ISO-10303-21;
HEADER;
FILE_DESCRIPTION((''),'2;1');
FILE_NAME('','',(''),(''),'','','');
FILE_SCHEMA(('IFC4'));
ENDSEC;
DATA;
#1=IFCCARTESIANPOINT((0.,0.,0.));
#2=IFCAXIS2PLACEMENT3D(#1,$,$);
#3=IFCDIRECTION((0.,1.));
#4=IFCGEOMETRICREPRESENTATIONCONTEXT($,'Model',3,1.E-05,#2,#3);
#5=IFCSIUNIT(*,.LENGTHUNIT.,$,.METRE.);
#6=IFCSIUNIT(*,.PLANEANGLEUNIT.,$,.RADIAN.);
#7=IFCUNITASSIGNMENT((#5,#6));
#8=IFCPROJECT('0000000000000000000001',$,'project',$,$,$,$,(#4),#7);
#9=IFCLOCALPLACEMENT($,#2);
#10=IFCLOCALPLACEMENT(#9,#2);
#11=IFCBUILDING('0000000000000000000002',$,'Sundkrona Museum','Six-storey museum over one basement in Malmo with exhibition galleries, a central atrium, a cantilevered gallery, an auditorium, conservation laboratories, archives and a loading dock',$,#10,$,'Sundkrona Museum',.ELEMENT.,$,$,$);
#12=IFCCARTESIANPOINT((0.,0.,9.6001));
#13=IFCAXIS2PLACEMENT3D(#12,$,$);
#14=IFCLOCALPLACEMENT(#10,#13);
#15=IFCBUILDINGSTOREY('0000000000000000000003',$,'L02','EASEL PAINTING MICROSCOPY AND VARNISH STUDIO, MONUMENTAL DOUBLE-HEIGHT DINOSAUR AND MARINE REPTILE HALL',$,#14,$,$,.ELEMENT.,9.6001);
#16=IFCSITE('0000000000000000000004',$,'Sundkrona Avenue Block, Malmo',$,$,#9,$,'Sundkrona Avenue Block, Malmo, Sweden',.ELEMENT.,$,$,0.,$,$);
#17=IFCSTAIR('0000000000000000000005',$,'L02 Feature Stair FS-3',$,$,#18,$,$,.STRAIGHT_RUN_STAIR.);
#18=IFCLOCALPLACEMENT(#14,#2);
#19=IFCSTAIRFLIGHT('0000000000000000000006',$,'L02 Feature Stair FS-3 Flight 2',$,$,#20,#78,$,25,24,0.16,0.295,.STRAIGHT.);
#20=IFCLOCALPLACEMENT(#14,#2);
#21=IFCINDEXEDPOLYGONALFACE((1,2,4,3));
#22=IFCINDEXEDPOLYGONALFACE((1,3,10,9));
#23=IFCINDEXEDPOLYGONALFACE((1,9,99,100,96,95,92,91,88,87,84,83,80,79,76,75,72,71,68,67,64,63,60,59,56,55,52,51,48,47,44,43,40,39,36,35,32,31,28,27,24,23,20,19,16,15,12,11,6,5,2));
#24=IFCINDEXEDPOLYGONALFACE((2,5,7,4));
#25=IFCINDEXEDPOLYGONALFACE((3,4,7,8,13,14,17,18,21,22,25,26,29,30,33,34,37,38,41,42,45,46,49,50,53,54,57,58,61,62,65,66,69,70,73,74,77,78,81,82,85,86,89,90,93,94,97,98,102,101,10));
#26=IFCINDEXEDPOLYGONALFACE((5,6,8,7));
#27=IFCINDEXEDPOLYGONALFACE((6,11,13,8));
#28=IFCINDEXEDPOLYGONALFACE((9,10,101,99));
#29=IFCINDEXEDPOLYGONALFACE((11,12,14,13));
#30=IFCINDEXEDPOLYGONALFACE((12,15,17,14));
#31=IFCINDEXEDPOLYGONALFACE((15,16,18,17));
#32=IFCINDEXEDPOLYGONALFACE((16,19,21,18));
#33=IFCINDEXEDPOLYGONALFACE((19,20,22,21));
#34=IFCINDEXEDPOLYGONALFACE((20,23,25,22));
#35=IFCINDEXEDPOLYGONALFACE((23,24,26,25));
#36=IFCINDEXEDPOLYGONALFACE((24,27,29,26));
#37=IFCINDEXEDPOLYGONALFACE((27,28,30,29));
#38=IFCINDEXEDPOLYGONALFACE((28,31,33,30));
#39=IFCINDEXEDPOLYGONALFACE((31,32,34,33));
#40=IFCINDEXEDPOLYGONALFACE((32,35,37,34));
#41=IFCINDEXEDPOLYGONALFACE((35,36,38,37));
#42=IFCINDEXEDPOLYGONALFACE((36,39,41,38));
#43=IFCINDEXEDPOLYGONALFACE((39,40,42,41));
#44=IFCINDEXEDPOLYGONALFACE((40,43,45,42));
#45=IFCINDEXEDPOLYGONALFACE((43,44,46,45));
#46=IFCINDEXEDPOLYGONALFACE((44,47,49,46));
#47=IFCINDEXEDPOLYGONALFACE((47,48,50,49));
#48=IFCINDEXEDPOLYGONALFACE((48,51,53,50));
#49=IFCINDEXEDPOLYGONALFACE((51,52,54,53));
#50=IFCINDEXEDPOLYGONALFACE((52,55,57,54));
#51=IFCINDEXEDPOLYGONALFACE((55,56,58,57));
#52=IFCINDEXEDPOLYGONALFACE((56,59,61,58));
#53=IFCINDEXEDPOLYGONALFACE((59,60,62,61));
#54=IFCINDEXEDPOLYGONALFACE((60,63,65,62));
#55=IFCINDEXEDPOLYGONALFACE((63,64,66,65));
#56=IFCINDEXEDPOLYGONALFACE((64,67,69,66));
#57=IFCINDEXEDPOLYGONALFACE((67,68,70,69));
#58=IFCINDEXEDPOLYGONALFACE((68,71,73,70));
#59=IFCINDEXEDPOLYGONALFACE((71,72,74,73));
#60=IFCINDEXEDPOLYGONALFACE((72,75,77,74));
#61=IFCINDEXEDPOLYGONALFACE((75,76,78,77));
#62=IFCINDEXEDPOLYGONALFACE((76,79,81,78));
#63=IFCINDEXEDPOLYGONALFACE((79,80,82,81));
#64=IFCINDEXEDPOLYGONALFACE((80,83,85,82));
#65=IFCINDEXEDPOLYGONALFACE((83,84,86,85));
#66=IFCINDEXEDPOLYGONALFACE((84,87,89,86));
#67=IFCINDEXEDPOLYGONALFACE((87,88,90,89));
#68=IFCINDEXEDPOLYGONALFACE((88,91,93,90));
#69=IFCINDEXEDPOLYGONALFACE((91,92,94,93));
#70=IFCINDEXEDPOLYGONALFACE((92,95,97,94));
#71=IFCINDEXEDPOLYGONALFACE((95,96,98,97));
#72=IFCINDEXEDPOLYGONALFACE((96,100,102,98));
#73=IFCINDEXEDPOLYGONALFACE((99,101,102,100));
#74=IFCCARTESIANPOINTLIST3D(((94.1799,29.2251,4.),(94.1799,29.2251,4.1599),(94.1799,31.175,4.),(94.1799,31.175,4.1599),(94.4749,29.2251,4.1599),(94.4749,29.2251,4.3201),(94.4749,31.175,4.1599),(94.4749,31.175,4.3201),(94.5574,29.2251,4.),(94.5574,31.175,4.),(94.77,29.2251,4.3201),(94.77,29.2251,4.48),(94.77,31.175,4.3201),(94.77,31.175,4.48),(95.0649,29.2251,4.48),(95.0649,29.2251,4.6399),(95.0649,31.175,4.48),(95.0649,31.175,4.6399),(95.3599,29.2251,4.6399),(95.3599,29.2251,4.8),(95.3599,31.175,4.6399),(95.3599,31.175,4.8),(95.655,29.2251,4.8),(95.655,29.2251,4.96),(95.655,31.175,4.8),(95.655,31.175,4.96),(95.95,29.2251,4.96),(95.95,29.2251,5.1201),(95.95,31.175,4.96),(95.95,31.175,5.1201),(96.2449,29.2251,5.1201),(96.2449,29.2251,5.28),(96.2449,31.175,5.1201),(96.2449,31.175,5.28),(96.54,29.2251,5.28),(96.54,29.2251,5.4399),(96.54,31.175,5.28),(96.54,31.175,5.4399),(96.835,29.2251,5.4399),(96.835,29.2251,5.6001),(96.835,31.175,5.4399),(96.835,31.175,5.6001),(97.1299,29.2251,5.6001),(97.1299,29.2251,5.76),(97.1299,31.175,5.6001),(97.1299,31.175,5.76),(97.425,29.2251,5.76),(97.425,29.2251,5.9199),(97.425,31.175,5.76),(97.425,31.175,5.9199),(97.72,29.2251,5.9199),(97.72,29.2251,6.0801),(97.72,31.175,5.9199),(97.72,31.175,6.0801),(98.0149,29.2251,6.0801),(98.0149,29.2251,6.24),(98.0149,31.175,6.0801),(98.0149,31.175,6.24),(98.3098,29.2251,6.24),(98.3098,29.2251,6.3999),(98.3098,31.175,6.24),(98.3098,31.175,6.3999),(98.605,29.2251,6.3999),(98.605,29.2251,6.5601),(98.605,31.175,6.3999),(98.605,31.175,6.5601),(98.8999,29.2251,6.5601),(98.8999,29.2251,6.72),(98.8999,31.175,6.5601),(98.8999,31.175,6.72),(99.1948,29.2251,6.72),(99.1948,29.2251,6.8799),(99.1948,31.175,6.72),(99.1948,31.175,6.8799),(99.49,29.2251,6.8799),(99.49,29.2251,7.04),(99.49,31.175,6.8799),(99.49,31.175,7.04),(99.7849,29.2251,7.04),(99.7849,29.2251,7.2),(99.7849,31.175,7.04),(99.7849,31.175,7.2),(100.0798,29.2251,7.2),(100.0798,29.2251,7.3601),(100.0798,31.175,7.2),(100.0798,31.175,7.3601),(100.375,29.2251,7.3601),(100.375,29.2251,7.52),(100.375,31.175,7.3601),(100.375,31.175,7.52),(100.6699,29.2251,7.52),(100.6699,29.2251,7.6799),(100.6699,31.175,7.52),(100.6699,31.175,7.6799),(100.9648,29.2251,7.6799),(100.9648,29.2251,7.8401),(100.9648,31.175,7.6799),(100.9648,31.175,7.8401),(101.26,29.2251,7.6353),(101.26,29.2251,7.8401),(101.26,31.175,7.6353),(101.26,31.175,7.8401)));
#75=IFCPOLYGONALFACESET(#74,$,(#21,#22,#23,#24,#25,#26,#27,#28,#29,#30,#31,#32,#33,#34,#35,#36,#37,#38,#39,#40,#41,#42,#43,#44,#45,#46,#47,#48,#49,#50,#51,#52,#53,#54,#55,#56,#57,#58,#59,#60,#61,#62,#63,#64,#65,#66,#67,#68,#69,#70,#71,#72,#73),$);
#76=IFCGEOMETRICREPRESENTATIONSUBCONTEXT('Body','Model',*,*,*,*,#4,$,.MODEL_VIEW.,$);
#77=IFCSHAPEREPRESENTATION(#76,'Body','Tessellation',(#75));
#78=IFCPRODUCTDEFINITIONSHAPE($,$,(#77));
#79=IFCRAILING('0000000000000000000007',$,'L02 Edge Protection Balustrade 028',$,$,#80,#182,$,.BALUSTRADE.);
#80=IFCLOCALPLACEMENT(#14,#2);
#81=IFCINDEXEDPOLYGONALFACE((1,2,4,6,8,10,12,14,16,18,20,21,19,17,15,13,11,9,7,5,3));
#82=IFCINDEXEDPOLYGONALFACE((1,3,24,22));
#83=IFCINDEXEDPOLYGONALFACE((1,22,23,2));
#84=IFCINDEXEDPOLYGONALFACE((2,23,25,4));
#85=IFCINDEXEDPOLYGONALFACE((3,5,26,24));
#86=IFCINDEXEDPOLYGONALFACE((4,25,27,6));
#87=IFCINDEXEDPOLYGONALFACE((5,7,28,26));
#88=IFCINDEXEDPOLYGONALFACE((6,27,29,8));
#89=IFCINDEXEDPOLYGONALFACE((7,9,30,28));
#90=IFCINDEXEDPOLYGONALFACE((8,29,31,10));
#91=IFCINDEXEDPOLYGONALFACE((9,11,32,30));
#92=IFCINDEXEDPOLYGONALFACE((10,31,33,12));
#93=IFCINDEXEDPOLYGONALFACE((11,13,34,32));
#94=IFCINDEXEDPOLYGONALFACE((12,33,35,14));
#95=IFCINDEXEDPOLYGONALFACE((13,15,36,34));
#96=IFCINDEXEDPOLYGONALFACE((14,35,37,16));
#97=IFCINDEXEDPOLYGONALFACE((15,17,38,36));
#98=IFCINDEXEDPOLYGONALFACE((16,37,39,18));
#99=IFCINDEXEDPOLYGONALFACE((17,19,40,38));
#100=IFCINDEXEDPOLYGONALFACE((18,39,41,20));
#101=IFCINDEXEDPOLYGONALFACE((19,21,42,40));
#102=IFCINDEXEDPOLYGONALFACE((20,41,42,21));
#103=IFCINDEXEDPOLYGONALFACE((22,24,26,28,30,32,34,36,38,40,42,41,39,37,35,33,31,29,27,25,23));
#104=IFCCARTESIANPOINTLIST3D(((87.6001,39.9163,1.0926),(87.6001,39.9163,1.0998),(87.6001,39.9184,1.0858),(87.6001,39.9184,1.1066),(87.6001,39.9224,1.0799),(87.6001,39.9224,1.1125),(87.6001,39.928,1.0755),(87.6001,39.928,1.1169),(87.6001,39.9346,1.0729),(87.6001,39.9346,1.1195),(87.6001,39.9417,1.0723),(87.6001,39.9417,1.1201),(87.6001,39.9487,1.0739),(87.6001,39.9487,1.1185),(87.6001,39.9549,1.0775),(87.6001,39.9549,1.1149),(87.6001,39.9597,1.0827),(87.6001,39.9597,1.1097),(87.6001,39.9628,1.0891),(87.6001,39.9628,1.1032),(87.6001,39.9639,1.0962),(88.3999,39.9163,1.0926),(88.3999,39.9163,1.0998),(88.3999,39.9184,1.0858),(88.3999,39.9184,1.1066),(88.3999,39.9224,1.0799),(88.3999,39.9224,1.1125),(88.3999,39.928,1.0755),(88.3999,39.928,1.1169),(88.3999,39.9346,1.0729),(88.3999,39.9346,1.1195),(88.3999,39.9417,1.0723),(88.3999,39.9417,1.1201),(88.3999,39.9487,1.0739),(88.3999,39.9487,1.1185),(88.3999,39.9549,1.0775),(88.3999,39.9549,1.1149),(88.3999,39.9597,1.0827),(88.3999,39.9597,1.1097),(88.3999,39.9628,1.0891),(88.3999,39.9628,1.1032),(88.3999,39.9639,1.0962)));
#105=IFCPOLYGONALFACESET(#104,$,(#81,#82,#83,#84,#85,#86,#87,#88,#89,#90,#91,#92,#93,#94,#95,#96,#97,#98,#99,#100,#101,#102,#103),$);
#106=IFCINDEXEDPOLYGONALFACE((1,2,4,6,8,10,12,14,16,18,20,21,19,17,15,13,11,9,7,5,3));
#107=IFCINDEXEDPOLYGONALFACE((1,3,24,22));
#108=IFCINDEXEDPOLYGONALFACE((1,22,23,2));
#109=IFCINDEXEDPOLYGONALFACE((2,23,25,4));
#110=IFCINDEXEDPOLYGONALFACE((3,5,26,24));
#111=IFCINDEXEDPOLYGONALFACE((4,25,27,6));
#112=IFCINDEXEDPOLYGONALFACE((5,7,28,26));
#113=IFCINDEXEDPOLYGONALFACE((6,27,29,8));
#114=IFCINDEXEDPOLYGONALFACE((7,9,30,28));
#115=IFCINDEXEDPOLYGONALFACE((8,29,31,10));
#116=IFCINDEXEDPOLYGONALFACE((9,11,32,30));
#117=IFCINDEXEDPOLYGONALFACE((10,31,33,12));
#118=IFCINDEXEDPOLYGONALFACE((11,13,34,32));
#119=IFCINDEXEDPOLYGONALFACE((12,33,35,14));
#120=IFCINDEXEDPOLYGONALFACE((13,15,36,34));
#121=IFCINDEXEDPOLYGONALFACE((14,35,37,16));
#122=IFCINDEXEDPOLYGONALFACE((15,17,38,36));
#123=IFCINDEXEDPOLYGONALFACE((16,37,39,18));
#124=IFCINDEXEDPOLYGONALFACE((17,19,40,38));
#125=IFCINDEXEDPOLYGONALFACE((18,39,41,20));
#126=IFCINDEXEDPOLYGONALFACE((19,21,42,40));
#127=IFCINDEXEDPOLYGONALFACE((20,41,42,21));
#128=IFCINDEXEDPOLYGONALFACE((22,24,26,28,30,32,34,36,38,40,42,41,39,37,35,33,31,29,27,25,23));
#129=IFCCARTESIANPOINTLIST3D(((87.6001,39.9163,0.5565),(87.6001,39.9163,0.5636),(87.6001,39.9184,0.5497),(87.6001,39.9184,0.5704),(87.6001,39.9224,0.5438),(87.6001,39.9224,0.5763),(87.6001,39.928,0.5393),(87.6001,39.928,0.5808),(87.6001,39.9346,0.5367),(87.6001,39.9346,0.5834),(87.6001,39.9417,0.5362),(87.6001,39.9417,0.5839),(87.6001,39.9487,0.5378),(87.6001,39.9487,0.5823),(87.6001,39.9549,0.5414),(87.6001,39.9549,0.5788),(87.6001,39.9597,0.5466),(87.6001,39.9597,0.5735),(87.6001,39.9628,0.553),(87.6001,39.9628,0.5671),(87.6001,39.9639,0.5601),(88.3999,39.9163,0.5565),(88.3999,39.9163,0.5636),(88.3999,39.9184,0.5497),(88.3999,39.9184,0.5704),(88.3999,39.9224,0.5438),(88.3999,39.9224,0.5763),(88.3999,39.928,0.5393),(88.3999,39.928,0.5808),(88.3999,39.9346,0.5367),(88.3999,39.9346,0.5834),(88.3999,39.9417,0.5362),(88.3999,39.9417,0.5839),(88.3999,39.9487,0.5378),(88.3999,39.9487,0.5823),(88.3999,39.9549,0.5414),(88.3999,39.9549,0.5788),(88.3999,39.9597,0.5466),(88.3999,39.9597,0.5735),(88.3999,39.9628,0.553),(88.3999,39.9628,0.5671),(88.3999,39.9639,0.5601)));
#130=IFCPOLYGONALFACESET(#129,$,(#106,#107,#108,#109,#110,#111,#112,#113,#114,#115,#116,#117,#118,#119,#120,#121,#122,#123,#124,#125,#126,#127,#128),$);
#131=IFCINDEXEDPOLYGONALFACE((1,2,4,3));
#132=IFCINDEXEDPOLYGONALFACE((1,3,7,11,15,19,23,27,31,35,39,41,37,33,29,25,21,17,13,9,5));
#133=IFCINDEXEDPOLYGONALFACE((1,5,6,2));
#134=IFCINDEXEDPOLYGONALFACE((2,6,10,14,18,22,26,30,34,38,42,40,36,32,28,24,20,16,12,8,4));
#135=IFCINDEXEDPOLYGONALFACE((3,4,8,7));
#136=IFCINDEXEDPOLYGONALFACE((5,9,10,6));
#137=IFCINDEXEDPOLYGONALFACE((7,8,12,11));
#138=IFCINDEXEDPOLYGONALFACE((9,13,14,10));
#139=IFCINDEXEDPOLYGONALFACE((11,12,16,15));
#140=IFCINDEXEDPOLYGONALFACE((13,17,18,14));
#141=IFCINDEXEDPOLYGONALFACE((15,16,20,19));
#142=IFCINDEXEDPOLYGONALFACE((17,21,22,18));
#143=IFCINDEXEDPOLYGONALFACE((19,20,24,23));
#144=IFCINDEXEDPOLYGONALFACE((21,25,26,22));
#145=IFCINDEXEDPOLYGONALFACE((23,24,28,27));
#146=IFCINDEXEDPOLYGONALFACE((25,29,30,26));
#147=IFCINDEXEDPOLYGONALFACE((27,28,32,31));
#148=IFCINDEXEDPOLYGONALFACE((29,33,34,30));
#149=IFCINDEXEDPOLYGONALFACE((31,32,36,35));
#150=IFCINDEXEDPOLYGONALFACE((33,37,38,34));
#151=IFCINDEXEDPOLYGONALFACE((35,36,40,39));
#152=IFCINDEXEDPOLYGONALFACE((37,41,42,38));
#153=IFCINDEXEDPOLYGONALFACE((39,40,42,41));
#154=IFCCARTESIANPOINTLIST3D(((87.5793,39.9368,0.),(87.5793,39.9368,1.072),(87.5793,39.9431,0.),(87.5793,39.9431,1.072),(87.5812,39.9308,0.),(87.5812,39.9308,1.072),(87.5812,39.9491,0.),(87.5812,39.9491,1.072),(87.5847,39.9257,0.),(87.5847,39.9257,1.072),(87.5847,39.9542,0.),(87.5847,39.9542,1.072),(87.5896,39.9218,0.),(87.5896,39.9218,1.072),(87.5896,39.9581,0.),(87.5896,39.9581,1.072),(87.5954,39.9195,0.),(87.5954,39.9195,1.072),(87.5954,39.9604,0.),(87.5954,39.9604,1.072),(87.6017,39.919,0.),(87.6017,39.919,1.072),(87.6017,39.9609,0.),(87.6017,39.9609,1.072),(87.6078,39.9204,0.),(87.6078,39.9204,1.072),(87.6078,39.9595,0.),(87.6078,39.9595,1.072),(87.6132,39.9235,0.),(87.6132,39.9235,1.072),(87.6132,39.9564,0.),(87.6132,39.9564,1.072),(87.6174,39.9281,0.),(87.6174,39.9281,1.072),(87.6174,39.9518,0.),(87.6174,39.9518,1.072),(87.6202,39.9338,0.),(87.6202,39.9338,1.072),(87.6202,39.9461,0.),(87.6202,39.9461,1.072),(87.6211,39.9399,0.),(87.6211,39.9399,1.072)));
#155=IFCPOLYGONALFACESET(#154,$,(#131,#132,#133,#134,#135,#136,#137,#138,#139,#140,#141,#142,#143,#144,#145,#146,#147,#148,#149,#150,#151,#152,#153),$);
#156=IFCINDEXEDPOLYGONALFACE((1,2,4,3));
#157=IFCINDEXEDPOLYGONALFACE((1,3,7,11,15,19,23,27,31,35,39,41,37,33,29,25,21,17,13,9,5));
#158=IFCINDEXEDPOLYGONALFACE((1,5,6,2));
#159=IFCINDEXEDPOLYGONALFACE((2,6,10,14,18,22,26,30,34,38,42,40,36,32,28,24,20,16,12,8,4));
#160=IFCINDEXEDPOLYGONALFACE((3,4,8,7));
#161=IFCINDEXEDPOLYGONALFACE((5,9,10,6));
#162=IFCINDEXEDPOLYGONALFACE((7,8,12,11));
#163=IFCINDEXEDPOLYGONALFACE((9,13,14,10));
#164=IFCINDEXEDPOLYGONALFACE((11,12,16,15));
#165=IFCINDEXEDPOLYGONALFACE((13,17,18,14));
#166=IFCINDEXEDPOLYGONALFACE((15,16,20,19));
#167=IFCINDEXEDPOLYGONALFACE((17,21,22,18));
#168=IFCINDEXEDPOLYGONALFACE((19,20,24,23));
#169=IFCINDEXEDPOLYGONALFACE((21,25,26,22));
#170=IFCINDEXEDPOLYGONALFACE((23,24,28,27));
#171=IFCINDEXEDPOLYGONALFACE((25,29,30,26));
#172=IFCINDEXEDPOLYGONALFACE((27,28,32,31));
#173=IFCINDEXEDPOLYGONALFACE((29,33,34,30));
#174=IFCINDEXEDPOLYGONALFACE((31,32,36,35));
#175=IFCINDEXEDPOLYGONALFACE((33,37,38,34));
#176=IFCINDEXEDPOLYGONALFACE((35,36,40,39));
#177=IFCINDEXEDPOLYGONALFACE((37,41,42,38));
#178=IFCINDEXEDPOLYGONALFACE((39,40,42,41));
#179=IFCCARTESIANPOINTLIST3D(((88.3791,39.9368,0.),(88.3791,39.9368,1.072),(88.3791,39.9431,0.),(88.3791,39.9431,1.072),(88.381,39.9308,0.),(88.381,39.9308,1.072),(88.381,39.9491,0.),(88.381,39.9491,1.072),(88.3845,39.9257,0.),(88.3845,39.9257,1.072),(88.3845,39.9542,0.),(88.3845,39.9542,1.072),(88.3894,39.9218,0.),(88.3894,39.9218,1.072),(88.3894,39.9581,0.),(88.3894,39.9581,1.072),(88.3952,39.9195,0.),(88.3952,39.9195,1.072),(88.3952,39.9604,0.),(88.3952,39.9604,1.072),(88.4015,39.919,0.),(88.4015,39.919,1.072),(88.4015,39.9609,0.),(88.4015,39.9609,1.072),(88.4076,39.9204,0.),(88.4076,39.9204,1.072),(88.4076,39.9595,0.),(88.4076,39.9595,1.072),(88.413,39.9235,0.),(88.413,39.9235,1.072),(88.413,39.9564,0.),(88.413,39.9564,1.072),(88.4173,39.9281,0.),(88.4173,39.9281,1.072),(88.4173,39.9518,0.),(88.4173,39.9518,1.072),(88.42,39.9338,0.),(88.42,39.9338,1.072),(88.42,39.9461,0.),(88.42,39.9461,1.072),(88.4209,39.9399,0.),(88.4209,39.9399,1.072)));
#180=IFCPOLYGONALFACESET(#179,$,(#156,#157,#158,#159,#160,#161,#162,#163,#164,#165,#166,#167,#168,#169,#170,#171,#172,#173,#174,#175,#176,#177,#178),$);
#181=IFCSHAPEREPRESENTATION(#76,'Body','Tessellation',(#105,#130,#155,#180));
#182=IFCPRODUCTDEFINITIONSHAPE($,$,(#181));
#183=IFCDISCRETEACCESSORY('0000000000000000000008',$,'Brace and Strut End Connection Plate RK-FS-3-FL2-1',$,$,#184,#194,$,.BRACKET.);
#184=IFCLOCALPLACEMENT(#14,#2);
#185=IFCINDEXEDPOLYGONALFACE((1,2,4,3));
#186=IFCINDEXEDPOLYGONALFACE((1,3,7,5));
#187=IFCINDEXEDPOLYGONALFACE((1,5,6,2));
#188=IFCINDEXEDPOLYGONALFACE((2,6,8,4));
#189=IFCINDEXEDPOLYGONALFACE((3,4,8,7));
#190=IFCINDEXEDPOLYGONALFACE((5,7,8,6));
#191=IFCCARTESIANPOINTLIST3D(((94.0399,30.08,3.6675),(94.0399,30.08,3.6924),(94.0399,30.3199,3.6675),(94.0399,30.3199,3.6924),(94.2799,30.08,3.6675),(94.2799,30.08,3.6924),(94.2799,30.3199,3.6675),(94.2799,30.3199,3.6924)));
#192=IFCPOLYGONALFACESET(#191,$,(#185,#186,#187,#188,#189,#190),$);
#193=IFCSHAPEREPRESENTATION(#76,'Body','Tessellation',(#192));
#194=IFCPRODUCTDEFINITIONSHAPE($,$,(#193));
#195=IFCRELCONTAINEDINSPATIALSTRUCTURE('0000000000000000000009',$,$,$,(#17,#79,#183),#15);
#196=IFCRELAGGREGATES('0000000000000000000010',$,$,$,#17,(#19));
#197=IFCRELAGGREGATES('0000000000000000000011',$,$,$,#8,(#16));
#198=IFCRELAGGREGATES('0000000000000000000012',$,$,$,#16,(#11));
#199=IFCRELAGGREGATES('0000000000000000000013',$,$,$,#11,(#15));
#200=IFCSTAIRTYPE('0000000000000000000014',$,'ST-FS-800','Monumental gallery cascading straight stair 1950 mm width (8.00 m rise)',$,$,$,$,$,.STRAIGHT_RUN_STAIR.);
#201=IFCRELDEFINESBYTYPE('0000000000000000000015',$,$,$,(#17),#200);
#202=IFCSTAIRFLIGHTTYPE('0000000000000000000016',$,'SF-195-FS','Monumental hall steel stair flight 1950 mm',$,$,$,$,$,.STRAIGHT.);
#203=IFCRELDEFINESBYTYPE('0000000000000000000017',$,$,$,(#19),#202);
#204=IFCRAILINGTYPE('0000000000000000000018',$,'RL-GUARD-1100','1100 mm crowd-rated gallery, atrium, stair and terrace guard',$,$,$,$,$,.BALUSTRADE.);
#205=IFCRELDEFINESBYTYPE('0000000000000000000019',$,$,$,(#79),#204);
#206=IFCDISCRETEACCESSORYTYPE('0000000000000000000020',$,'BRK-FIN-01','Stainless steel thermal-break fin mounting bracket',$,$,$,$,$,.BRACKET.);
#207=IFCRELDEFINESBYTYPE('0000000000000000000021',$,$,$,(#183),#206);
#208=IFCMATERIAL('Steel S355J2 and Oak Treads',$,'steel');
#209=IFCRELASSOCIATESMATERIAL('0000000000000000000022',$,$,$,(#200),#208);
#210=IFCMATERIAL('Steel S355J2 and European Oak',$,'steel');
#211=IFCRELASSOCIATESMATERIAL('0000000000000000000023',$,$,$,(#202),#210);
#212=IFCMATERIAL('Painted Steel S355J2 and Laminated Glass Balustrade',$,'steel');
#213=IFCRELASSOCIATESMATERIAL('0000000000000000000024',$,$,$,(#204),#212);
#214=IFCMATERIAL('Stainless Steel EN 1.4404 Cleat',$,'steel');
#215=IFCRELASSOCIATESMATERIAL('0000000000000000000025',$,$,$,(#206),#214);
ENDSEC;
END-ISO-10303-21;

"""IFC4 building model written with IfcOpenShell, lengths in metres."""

from ifc_helpers import new_model, si_unit, direction, frame, origin, origin_2d, place, context, subcontext, project, spatial, polyline, rectangle, circle, outline, extrude, material, type_object, element, aggregate, save


model = new_model("IFC4")

# Units and contexts
model_context = context("Model", 3, precision=1e-05, world=origin(), true_north=direction((0.0, 1.0)))
body_context = subcontext(model_context, "Body", "Model", "MODEL_VIEW")
ifc_project = project(units=[si_unit("LENGTHUNIT", "METRE"), si_unit("PLANEANGLEUNIT", "RADIAN")], contexts=[model_context])

# Site, building, storey
site_placement = place(None, origin())
site = spatial("IfcSite", under=ifc_project, at=site_placement, Name="Sundkrona Avenue Block, Malmo", LongName="Sundkrona Avenue Block, Malmo, Sweden", CompositionType="ELEMENT", RefElevation=0.0)
building_placement = place(site_placement, origin())
building = spatial("IfcBuilding", under=site, at=building_placement, Name="Sundkrona Museum", Description="Six-storey museum over one basement in Malmo with exhibition galleries, a central atrium, a cantilevered gallery, an auditorium, conservation laboratories, archives and a loading dock", LongName="Sundkrona Museum", CompositionType="ELEMENT")
storey_placement = place(building_placement, frame((0.0, 0.0, 9.6001)))
storey = spatial("IfcBuildingStorey", under=building, at=storey_placement, Name="L02", Description="EASEL PAINTING MICROSCOPY AND VARNISH STUDIO, MONUMENTAL DOUBLE-HEIGHT DINOSAUR AND MARINE REPTILE HALL", CompositionType="ELEMENT", Elevation=9.6001)

# Stair, stair flight
ifc_material_1 = material(Name="Steel S355J2 and Oak Treads", Category="steel")
stair_type = type_object("IfcStairType", Name="ST-FS-800", Description="Monumental gallery cascading straight stair 1950 mm width (8.00 m rise)", PredefinedType="STRAIGHT_RUN_STAIR", material=ifc_material_1)
stair_placement = place(storey_placement, origin())
stair = element("IfcStair", 1, at=stair_placement, inside=storey, type_object=stair_type, Name="L02 Feature Stair FS-3", PredefinedType="STRAIGHT_RUN_STAIR")
ifc_material_2 = material(Name="Steel S355J2 and European Oak", Category="steel")
stair_flight_type = type_object("IfcStairFlightType", Name="SF-195-FS", Description="Monumental hall steel stair flight 1950 mm", PredefinedType="STRAIGHT", material=ifc_material_2)
stair_flight_placement = place(storey_placement, frame((94.1799, 30.2, 4.0), z_axis=(0.0, 0.0, 1.0), x_axis=(1.0, 0.0, 0.0)))
stair_flight = element("IfcStairFlight", 2, at=stair_flight_placement, type_object=stair_flight_type, Name="L02 Feature Stair FS-3 Flight 2", NumberOfRisers=25, NumberOfTreads=24, PredefinedType="STRAIGHT", RiserHeight=0.16, TreadLength=0.295, context=body_context, shape_type="SweptSolid", body=[
    extrude(outline(polyline([(0.0, 0.0), (0.0, 0.1599), (0.2949, 0.1599), (0.2949, 0.3201), (0.5901, 0.3201), (0.5901, 0.48), (0.885, 0.48), (0.885, 0.6399), (1.1799, 0.6399), (1.1799, 0.8), (1.4751, 0.8), (1.4751, 0.96), (1.77, 0.96), (1.77, 1.1201), (2.0649, 1.1201), (2.0649, 1.28), (2.3601, 1.28), (2.3601, 1.4399), (2.655, 1.4399), (2.655, 1.6001), (2.95, 1.6001), (2.95, 1.76), (3.2451, 1.76), (3.2451, 1.9199), (3.54, 1.9199), (3.54, 2.0801), (3.835, 2.0801), (3.835, 2.24), (4.1299, 2.24), (4.1299, 2.3999), (4.425, 2.3999), (4.425, 2.5601), (4.72, 2.5601), (4.72, 2.72), (5.0149, 2.72), (5.0149, 2.8799), (5.3101, 2.8799), (5.3101, 3.04), (5.605, 3.04), (5.605, 3.2), (5.8999, 3.2), (5.8999, 3.3601), (6.1951, 3.3601), (6.1951, 3.52), (6.49, 3.52), (6.49, 3.6799), (6.7849, 3.6799), (6.7849, 3.8401), (7.0801, 3.8401), (7.0801, 4.0), (7.0801, 3.6353), (0.3774, 0.0), (0.0, 0.0)])), frame((0.0, 0.9751, 0.0), z_axis=(0.0, -1.0, 0.0), x_axis=(1.0, 0.0, 0.0)), (0.0, 0.0, 1.0), 1.95),
])
aggregate(stair, [stair_flight])

# Railing
ifc_material_3 = material(Name="Painted Steel S355J2 and Laminated Glass Balustrade", Category="steel")
railing_type = type_object("IfcRailingType", Name="RL-GUARD-1100", Description="1100 mm crowd-rated gallery, atrium, stair and terrace guard", PredefinedType="BALUSTRADE", material=ifc_material_3)
railing_placement = place(storey_placement, frame((87.6001, 39.9399, 0.0)))
element("IfcRailing", 3, at=railing_placement, inside=storey, type_object=railing_type, Name="L02 Edge Protection Balustrade 028", PredefinedType="BALUSTRADE", context=body_context, shape_type="SweptSolid", body=[
    extrude(circle(Radius=0.0239, at=origin_2d()), frame((0.0, 0.0, 1.0962), z_axis=(1.0, 0.0, 0.0), x_axis=(0.0, 1.0, 0.0)), (0.0, 0.0, 1.0), 0.7998),
    extrude(circle(Radius=0.0239, at=origin_2d()), frame((0.0, 0.0, 0.5601), z_axis=(1.0, 0.0, 0.0), x_axis=(0.0, 1.0, 0.0)), (0.0, 0.0, 1.0), 0.7998),
    extrude(circle(Radius=0.021, at=origin_2d()), origin(), (0.0, 0.0, 1.0), 1.072),
    extrude(circle(Radius=0.021, at=origin_2d()), frame((0.7998, 0.0, 0.0)), (0.0, 0.0, 1.0), 1.072),
])

# Discrete accessory
ifc_material_4 = material(Name="Stainless Steel EN 1.4404 Cleat", Category="steel")
discrete_accessory_type = type_object("IfcDiscreteAccessoryType", Name="BRK-FIN-01", Description="Stainless steel thermal-break fin mounting bracket", PredefinedType="BRACKET", material=ifc_material_4)
discrete_accessory_placement = place(storey_placement, frame((94.1599, 30.2, 3.6675), z_axis=(0.0, 0.0, 1.0), x_axis=(1.0, 0.0, 0.0)))
element("IfcDiscreteAccessory", 4, at=discrete_accessory_placement, inside=storey, type_object=discrete_accessory_type, Name="Brace and Strut End Connection Plate RK-FS-3-FL2-1", PredefinedType="BRACKET", context=body_context, shape_type="SweptSolid", body=[
    extrude(rectangle(XDim=0.24, YDim=0.24, at=origin_2d()), origin(), (0.0, 0.0, 1.0), 0.0249),
])

save(model, "model.ifc")
